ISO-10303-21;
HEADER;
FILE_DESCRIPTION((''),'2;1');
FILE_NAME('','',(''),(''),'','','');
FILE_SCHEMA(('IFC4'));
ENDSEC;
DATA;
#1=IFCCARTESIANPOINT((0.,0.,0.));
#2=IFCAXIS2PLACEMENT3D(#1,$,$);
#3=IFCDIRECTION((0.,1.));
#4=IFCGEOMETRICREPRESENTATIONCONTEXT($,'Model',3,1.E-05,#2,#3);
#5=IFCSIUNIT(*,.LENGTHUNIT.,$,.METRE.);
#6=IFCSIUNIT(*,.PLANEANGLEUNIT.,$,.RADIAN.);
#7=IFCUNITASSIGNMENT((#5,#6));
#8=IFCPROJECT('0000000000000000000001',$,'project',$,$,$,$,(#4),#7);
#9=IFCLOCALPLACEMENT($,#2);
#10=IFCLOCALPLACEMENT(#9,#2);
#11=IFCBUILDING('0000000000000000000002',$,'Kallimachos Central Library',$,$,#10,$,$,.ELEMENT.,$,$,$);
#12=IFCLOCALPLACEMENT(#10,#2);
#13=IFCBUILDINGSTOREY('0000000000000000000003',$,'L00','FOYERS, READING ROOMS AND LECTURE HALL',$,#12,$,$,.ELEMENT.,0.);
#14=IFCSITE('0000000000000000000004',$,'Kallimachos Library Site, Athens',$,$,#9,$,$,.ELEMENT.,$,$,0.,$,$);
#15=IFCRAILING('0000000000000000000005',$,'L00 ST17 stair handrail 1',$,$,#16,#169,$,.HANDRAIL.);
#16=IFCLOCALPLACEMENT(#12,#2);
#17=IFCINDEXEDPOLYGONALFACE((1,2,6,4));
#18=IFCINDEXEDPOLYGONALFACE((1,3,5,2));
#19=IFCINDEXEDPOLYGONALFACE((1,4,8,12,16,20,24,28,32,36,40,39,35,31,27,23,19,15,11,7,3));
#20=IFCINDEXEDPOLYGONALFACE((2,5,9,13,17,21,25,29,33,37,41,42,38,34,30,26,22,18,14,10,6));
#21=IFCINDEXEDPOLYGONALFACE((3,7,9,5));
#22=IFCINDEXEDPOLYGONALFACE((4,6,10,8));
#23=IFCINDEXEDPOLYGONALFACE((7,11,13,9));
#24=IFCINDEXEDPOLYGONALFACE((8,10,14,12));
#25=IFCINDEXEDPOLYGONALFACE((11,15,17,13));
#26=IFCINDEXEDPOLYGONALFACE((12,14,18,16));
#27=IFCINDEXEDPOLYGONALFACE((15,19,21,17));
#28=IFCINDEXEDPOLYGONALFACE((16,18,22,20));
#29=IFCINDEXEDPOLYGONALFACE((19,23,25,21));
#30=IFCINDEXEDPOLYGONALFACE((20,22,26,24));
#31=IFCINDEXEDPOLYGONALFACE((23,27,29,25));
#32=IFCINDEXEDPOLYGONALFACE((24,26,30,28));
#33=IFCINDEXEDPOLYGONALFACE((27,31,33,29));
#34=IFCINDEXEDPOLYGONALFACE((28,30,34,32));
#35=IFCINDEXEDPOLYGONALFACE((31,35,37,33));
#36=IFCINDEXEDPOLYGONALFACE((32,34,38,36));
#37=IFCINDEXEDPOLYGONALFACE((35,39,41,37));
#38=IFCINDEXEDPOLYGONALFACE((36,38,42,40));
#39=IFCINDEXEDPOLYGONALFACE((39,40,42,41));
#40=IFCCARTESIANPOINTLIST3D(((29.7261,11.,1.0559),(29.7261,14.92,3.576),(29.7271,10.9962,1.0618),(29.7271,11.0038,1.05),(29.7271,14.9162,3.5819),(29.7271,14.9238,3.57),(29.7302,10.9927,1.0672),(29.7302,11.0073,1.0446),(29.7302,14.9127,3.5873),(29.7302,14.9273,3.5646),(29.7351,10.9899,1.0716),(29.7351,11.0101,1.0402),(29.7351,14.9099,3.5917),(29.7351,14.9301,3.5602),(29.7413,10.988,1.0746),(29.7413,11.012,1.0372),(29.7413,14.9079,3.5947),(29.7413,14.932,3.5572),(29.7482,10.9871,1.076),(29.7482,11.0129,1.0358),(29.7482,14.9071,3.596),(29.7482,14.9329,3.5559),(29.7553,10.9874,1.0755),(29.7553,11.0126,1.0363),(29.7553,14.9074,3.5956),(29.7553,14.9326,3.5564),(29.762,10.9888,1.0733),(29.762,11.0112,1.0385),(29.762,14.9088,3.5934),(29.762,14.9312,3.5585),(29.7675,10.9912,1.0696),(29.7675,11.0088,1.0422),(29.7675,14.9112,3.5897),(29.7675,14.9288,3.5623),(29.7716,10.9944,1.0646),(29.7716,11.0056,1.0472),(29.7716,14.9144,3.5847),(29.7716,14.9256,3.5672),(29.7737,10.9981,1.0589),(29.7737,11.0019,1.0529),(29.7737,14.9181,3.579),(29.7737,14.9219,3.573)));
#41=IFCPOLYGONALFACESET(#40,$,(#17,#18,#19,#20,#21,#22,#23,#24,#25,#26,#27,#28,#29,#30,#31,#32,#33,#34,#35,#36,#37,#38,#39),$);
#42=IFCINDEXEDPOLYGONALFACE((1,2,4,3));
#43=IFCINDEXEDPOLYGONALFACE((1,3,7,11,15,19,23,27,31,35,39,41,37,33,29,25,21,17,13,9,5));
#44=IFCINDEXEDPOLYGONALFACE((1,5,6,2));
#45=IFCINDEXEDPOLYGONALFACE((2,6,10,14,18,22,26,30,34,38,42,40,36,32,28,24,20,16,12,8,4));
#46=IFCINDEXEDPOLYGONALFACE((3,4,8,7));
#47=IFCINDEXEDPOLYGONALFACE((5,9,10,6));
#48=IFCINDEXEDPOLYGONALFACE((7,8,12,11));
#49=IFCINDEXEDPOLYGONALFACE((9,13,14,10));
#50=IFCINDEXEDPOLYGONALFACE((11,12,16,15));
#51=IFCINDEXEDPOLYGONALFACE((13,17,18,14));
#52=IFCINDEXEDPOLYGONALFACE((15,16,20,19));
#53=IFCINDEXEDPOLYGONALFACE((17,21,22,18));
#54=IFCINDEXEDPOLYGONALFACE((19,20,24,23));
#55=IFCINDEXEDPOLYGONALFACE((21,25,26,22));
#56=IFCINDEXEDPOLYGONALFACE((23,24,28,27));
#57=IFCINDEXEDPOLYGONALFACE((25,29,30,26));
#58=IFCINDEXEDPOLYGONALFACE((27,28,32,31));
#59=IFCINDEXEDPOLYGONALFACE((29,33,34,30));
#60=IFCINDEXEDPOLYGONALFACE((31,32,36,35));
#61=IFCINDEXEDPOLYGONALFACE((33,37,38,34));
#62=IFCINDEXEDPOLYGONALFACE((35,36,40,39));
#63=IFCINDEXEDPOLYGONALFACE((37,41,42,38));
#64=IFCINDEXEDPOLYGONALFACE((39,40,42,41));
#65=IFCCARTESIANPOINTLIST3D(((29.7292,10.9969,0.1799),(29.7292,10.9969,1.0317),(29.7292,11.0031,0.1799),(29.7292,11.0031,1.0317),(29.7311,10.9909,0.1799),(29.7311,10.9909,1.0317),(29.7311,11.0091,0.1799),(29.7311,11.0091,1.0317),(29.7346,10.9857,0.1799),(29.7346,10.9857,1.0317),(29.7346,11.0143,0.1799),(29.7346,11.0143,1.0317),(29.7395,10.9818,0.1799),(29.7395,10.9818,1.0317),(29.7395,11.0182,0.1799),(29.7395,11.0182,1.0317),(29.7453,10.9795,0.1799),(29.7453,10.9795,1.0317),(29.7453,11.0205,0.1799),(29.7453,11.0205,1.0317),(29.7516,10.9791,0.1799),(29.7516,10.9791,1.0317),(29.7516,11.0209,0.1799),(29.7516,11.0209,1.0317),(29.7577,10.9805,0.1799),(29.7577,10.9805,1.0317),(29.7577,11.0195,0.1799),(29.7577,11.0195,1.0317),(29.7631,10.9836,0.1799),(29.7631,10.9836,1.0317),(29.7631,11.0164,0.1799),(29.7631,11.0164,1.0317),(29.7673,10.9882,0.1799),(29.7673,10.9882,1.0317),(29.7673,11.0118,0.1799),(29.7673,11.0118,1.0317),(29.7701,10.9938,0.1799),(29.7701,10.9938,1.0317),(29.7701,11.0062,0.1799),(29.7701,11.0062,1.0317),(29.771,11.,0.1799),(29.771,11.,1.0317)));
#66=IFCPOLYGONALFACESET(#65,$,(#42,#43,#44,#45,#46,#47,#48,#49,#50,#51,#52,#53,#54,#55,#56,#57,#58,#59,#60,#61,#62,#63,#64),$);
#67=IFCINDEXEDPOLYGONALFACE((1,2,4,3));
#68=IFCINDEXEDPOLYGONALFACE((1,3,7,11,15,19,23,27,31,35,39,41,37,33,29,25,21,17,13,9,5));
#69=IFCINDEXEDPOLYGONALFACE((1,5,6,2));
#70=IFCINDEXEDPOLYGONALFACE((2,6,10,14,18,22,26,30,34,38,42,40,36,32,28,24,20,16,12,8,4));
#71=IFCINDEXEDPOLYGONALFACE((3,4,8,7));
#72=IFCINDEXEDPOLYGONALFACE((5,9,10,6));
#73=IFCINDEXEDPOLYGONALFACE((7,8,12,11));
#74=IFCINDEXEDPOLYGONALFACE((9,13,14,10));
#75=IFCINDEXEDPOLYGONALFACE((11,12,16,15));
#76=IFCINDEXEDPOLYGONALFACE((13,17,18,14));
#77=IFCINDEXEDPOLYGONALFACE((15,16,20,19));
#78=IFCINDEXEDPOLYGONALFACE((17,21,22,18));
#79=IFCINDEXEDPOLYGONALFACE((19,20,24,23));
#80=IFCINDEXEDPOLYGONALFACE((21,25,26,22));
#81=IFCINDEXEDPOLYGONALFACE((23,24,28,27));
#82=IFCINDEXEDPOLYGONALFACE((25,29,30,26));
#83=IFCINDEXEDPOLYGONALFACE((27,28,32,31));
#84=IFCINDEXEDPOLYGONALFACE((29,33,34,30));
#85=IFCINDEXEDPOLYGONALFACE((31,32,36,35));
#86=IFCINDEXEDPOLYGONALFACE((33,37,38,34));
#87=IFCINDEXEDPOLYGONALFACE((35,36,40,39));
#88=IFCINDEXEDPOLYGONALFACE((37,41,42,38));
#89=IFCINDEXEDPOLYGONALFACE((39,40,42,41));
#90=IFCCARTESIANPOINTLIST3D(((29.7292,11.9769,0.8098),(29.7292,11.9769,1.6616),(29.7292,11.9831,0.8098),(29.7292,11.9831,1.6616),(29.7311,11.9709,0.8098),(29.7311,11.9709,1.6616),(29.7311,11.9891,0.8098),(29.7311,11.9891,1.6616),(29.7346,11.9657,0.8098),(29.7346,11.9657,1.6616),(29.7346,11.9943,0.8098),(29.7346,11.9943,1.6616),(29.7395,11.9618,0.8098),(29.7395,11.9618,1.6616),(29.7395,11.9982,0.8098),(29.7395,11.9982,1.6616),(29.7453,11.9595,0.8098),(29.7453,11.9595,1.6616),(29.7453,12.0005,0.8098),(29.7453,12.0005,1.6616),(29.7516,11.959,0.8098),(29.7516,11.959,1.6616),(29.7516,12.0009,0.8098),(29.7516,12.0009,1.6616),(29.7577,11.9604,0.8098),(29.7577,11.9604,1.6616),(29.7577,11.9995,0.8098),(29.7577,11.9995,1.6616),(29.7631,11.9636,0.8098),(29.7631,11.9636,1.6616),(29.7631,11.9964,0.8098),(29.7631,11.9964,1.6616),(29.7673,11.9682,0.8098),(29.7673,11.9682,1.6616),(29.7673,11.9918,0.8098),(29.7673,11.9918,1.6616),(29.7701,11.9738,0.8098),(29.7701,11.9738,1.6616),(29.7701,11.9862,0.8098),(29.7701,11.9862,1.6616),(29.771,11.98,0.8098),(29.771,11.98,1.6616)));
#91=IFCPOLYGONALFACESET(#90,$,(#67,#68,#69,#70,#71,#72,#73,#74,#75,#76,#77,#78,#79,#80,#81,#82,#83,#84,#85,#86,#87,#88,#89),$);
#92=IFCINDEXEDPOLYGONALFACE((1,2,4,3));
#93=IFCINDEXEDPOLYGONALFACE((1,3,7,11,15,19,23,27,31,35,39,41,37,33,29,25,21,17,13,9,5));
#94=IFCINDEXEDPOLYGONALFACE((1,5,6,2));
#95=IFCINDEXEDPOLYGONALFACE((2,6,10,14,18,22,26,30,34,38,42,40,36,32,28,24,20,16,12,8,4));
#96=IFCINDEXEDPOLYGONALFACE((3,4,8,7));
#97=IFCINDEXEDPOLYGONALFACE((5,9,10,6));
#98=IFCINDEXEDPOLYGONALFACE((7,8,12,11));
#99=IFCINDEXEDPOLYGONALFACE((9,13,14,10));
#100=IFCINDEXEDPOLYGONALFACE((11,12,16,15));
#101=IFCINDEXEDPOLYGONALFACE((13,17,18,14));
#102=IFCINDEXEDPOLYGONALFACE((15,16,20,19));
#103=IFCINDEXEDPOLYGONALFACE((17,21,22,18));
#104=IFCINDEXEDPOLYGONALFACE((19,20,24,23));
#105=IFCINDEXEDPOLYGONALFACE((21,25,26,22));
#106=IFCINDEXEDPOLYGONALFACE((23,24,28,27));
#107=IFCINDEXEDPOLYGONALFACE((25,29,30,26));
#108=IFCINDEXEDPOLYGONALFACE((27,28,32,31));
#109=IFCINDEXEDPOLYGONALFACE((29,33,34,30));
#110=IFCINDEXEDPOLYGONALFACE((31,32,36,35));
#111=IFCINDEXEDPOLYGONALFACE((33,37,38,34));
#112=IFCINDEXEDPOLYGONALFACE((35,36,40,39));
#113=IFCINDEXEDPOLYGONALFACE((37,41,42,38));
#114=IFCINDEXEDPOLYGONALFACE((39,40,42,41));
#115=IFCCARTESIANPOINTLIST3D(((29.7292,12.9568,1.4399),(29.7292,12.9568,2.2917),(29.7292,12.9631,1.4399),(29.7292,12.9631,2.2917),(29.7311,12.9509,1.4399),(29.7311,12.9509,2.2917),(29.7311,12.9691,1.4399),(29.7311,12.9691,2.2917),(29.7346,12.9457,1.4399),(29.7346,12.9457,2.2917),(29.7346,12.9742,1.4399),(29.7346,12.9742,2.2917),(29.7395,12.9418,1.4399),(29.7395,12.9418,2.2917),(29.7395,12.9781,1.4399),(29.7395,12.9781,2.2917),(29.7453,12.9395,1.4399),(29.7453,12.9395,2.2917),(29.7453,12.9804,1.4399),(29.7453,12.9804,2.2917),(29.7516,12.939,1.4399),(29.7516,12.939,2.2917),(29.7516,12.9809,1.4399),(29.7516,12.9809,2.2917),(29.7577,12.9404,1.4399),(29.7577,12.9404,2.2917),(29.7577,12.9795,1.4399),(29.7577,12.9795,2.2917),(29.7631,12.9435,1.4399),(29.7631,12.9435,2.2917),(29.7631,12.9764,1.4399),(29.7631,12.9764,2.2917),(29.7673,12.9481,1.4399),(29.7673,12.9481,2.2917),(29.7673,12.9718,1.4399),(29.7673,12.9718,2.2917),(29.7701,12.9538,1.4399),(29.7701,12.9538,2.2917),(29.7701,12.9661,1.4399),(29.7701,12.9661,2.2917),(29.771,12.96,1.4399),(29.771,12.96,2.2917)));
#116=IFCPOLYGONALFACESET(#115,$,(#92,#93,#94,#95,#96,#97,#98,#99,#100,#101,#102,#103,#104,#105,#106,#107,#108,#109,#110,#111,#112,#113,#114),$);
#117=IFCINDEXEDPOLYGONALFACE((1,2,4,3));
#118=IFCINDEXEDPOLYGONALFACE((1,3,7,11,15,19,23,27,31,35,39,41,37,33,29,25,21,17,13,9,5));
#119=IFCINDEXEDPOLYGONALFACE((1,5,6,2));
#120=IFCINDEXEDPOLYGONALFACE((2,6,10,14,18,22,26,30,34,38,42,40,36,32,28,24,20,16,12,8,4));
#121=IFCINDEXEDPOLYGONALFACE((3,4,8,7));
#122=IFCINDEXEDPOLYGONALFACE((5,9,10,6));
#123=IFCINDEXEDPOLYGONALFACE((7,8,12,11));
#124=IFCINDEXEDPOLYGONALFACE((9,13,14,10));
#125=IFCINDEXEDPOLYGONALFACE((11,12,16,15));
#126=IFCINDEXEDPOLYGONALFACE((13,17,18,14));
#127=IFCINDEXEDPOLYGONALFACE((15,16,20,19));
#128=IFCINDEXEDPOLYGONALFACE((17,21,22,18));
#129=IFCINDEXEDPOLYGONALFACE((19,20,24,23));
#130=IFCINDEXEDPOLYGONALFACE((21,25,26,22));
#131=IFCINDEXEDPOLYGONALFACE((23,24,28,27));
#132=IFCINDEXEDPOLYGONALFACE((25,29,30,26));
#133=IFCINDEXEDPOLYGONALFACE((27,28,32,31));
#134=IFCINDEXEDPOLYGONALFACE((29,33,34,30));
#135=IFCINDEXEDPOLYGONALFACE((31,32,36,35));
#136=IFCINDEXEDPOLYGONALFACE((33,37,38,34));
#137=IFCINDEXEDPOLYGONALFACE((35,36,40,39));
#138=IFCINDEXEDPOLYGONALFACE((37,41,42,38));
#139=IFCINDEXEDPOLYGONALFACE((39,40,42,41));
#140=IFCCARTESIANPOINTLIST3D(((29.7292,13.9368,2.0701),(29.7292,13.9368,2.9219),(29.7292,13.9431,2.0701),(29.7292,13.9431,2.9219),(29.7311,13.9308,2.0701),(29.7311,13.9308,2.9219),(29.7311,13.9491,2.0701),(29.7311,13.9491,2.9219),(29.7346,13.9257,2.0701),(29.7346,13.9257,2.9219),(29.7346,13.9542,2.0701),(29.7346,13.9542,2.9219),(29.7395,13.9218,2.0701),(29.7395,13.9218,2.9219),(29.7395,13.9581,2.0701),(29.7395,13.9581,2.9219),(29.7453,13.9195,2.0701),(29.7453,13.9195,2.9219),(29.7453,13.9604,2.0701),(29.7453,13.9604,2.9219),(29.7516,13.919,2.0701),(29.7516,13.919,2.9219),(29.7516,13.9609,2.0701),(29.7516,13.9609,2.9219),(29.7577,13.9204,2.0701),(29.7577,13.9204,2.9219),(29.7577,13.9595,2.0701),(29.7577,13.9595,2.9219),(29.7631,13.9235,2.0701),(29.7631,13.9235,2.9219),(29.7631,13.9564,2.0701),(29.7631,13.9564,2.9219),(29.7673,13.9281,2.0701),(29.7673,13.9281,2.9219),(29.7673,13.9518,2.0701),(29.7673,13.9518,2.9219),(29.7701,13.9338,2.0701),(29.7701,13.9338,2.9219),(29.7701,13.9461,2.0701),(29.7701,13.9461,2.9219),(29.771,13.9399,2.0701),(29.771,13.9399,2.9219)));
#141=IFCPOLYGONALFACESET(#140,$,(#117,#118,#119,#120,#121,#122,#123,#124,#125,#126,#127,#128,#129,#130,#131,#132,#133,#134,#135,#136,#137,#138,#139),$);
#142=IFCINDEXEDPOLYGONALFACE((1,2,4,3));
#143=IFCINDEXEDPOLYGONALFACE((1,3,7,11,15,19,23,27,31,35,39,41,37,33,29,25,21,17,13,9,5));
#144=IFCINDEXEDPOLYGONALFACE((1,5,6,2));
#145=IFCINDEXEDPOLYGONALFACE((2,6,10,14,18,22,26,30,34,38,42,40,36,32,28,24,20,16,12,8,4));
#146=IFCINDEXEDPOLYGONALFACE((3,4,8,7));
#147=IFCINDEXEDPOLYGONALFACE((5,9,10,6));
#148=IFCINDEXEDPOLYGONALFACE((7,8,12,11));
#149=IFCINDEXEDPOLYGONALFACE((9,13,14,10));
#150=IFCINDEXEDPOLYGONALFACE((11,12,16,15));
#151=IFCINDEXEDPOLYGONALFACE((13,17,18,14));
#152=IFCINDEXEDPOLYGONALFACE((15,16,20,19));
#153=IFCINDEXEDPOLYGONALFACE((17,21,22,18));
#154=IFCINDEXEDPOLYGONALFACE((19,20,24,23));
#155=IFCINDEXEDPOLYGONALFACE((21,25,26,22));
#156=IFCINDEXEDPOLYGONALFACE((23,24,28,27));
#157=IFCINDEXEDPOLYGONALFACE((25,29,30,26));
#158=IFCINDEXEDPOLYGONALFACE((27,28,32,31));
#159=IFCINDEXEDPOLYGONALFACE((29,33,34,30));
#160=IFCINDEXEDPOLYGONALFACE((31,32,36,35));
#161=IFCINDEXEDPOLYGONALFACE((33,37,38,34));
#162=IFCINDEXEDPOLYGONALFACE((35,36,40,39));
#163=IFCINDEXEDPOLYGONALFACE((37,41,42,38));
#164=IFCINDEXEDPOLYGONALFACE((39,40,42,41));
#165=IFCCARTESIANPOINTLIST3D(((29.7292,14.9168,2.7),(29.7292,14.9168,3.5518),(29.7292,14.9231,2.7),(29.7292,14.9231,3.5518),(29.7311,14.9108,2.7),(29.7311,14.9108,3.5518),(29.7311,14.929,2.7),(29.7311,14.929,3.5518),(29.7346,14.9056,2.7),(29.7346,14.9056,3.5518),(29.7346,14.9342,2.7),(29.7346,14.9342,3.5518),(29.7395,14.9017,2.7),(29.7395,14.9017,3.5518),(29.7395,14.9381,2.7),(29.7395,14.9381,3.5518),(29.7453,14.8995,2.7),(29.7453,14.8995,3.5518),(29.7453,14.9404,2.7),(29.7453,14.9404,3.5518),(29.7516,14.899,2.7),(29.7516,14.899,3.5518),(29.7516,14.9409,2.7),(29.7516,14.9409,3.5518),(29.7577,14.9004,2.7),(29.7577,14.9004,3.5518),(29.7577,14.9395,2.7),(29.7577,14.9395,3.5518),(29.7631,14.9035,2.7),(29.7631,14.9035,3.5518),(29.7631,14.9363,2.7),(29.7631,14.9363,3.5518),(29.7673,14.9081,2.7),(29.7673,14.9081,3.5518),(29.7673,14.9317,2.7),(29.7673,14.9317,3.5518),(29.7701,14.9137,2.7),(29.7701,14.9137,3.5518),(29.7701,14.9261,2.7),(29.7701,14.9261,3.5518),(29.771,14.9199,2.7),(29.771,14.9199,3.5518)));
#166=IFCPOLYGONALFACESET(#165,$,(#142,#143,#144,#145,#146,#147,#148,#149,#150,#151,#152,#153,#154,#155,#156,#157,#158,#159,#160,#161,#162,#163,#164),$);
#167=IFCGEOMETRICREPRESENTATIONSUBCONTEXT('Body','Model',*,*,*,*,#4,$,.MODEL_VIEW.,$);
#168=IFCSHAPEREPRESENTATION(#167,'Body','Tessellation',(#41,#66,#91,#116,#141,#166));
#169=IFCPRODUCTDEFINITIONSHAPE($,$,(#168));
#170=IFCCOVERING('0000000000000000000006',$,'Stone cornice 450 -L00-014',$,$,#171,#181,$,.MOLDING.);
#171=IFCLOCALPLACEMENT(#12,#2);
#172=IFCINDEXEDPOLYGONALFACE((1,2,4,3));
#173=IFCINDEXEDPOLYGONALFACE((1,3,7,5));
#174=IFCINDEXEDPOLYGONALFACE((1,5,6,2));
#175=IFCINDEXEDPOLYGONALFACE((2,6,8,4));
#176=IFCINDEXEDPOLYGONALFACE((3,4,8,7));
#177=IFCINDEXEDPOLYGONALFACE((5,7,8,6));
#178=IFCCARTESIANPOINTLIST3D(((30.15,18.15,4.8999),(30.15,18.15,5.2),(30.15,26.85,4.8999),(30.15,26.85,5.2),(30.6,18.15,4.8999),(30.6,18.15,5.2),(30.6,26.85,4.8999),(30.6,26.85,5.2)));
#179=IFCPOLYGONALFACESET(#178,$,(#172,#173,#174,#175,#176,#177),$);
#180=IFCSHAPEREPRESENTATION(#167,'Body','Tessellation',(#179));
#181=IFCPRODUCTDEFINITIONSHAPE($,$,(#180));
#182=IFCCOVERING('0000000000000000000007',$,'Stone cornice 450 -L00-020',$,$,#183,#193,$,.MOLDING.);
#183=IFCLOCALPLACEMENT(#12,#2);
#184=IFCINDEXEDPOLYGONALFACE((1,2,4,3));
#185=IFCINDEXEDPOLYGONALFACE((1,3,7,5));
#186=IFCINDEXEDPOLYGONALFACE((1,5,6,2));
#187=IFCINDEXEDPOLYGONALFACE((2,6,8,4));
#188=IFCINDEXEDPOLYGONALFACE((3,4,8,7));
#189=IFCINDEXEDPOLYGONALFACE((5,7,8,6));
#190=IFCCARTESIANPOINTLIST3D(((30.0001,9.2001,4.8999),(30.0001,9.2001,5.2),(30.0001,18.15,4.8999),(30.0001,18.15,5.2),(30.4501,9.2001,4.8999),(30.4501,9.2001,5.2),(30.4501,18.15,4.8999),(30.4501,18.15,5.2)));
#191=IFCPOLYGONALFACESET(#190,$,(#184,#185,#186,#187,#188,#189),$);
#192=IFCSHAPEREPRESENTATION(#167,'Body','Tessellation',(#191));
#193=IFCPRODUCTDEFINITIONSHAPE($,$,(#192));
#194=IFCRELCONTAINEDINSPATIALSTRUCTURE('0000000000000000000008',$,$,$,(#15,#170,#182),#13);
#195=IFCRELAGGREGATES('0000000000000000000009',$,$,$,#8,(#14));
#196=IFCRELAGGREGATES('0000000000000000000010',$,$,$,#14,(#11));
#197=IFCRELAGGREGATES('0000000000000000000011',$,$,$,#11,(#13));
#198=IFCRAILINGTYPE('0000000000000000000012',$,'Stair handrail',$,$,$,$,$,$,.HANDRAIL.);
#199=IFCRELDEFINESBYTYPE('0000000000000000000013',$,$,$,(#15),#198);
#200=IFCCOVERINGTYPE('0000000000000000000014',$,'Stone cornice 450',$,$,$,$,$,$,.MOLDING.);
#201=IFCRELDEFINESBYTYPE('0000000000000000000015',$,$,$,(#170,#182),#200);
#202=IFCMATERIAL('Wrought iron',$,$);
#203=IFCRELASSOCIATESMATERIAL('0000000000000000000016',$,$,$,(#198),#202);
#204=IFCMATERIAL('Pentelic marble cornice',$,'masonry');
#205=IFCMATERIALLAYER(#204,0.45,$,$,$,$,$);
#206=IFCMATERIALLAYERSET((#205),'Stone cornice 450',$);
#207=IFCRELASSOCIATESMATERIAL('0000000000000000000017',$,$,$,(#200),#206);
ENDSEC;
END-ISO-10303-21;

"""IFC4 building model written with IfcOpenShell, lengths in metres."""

from ifc_helpers import new_model, si_unit, direction, frame, origin, origin_2d, place, context, subcontext, project, spatial, rectangle, circle, extrude, material, layer, layer_set, type_object, element, save


model = new_model("IFC4")

# Units and contexts
model_context = context("Model", 3, precision=1e-05, world=origin(), true_north=direction((0.0, 1.0)))
body_context = subcontext(model_context, "Body", "Model", "MODEL_VIEW")
ifc_project = project(units=[si_unit("LENGTHUNIT", "METRE"), si_unit("PLANEANGLEUNIT", "RADIAN")], contexts=[model_context])

# Site, building, storey
site_placement = place(None, origin())
site = spatial("IfcSite", under=ifc_project, at=site_placement, Name="Kallimachos Library Site, Athens", CompositionType="ELEMENT", RefElevation=0.0)
building_placement = place(site_placement, origin())
building = spatial("IfcBuilding", under=site, at=building_placement, Name="Kallimachos Central Library", CompositionType="ELEMENT")
storey_placement = place(building_placement, origin())
storey = spatial("IfcBuildingStorey", under=building, at=storey_placement, Name="L00", Description="FOYERS, READING ROOMS AND LECTURE HALL", CompositionType="ELEMENT", Elevation=0.0)

# Railing
ifc_material_1 = material(Name="Wrought iron")
railing_type_1 = type_object("IfcRailingType", Name="Stair handrail", PredefinedType="HANDRAIL", material=ifc_material_1)
railing_1_placement = place(storey_placement, frame((29.75, 11.0, 0.1799)))
element("IfcRailing", 1, at=railing_1_placement, inside=storey, type_object=railing_type_1, Name="L00 ST17 stair handrail 1", PredefinedType="HANDRAIL", context=body_context, shape_type="SweptSolid", body=[
    extrude(circle(Radius=0.0239, at=origin_2d()), frame((0.0, 0.0, 0.876), z_axis=(0.0, 0.841172, 0.540768), x_axis=(-1.0, 0.0, 0.0)), (0.0, 0.0, 1.0), 4.6602),
    extrude(circle(Radius=0.021, at=origin_2d()), origin(), (0.0, 0.0, 1.0), 0.8518),
    extrude(circle(Radius=0.021, at=origin_2d()), frame((0.0, 0.98, 0.6299)), (0.0, 0.0, 1.0), 0.8518),
    extrude(circle(Radius=0.021, at=origin_2d()), frame((0.0, 1.96, 1.26)), (0.0, 0.0, 1.0), 0.8518),
    extrude(circle(Radius=0.021, at=origin_2d()), frame((0.0, 2.9399, 1.8901)), (0.0, 0.0, 1.0), 0.8518),
    extrude(circle(Radius=0.021, at=origin_2d()), frame((0.0, 3.9199, 2.52)), (0.0, 0.0, 1.0), 0.8518),
])

# Coverings
ifc_material_2 = material(Name="Pentelic marble cornice", Category="masonry")
ifc_layer_1 = layer(ifc_material_2, 0.45)
ifc_layer_set_1 = layer_set([ifc_layer_1], Name="Stone cornice 450")
covering_type_1 = type_object("IfcCoveringType", Name="Stone cornice 450", PredefinedType="MOLDING", material=ifc_layer_set_1)
covering_1_placement = place(storey_placement, frame((30.375, 22.5, 4.8999), z_axis=(0.0, 0.0, 1.0), x_axis=(1.0, 0.0, 0.0)))
element("IfcCovering", 2, at=covering_1_placement, inside=storey, type_object=covering_type_1, Name="Stone cornice 450 -L00-014", PredefinedType="MOLDING", context=body_context, shape_type="SweptSolid", body=[
    extrude(rectangle(XDim=0.45, YDim=8.7, at=origin_2d()), origin(), (0.0, 0.0, 1.0), 0.3),
])
covering_2_placement = place(storey_placement, frame((30.2251, 13.675, 4.8999), z_axis=(0.0, 0.0, 1.0), x_axis=(1.0, 0.0, 0.0)))
element("IfcCovering", 3, at=covering_2_placement, inside=storey, type_object=covering_type_1, Name="Stone cornice 450 -L00-020", PredefinedType="MOLDING", context=body_context, shape_type="SweptSolid", body=[
    extrude(rectangle(XDim=0.45, YDim=8.95, at=origin_2d()), origin(), (0.0, 0.0, 1.0), 0.3),
])

save(model, "model.ifc")
